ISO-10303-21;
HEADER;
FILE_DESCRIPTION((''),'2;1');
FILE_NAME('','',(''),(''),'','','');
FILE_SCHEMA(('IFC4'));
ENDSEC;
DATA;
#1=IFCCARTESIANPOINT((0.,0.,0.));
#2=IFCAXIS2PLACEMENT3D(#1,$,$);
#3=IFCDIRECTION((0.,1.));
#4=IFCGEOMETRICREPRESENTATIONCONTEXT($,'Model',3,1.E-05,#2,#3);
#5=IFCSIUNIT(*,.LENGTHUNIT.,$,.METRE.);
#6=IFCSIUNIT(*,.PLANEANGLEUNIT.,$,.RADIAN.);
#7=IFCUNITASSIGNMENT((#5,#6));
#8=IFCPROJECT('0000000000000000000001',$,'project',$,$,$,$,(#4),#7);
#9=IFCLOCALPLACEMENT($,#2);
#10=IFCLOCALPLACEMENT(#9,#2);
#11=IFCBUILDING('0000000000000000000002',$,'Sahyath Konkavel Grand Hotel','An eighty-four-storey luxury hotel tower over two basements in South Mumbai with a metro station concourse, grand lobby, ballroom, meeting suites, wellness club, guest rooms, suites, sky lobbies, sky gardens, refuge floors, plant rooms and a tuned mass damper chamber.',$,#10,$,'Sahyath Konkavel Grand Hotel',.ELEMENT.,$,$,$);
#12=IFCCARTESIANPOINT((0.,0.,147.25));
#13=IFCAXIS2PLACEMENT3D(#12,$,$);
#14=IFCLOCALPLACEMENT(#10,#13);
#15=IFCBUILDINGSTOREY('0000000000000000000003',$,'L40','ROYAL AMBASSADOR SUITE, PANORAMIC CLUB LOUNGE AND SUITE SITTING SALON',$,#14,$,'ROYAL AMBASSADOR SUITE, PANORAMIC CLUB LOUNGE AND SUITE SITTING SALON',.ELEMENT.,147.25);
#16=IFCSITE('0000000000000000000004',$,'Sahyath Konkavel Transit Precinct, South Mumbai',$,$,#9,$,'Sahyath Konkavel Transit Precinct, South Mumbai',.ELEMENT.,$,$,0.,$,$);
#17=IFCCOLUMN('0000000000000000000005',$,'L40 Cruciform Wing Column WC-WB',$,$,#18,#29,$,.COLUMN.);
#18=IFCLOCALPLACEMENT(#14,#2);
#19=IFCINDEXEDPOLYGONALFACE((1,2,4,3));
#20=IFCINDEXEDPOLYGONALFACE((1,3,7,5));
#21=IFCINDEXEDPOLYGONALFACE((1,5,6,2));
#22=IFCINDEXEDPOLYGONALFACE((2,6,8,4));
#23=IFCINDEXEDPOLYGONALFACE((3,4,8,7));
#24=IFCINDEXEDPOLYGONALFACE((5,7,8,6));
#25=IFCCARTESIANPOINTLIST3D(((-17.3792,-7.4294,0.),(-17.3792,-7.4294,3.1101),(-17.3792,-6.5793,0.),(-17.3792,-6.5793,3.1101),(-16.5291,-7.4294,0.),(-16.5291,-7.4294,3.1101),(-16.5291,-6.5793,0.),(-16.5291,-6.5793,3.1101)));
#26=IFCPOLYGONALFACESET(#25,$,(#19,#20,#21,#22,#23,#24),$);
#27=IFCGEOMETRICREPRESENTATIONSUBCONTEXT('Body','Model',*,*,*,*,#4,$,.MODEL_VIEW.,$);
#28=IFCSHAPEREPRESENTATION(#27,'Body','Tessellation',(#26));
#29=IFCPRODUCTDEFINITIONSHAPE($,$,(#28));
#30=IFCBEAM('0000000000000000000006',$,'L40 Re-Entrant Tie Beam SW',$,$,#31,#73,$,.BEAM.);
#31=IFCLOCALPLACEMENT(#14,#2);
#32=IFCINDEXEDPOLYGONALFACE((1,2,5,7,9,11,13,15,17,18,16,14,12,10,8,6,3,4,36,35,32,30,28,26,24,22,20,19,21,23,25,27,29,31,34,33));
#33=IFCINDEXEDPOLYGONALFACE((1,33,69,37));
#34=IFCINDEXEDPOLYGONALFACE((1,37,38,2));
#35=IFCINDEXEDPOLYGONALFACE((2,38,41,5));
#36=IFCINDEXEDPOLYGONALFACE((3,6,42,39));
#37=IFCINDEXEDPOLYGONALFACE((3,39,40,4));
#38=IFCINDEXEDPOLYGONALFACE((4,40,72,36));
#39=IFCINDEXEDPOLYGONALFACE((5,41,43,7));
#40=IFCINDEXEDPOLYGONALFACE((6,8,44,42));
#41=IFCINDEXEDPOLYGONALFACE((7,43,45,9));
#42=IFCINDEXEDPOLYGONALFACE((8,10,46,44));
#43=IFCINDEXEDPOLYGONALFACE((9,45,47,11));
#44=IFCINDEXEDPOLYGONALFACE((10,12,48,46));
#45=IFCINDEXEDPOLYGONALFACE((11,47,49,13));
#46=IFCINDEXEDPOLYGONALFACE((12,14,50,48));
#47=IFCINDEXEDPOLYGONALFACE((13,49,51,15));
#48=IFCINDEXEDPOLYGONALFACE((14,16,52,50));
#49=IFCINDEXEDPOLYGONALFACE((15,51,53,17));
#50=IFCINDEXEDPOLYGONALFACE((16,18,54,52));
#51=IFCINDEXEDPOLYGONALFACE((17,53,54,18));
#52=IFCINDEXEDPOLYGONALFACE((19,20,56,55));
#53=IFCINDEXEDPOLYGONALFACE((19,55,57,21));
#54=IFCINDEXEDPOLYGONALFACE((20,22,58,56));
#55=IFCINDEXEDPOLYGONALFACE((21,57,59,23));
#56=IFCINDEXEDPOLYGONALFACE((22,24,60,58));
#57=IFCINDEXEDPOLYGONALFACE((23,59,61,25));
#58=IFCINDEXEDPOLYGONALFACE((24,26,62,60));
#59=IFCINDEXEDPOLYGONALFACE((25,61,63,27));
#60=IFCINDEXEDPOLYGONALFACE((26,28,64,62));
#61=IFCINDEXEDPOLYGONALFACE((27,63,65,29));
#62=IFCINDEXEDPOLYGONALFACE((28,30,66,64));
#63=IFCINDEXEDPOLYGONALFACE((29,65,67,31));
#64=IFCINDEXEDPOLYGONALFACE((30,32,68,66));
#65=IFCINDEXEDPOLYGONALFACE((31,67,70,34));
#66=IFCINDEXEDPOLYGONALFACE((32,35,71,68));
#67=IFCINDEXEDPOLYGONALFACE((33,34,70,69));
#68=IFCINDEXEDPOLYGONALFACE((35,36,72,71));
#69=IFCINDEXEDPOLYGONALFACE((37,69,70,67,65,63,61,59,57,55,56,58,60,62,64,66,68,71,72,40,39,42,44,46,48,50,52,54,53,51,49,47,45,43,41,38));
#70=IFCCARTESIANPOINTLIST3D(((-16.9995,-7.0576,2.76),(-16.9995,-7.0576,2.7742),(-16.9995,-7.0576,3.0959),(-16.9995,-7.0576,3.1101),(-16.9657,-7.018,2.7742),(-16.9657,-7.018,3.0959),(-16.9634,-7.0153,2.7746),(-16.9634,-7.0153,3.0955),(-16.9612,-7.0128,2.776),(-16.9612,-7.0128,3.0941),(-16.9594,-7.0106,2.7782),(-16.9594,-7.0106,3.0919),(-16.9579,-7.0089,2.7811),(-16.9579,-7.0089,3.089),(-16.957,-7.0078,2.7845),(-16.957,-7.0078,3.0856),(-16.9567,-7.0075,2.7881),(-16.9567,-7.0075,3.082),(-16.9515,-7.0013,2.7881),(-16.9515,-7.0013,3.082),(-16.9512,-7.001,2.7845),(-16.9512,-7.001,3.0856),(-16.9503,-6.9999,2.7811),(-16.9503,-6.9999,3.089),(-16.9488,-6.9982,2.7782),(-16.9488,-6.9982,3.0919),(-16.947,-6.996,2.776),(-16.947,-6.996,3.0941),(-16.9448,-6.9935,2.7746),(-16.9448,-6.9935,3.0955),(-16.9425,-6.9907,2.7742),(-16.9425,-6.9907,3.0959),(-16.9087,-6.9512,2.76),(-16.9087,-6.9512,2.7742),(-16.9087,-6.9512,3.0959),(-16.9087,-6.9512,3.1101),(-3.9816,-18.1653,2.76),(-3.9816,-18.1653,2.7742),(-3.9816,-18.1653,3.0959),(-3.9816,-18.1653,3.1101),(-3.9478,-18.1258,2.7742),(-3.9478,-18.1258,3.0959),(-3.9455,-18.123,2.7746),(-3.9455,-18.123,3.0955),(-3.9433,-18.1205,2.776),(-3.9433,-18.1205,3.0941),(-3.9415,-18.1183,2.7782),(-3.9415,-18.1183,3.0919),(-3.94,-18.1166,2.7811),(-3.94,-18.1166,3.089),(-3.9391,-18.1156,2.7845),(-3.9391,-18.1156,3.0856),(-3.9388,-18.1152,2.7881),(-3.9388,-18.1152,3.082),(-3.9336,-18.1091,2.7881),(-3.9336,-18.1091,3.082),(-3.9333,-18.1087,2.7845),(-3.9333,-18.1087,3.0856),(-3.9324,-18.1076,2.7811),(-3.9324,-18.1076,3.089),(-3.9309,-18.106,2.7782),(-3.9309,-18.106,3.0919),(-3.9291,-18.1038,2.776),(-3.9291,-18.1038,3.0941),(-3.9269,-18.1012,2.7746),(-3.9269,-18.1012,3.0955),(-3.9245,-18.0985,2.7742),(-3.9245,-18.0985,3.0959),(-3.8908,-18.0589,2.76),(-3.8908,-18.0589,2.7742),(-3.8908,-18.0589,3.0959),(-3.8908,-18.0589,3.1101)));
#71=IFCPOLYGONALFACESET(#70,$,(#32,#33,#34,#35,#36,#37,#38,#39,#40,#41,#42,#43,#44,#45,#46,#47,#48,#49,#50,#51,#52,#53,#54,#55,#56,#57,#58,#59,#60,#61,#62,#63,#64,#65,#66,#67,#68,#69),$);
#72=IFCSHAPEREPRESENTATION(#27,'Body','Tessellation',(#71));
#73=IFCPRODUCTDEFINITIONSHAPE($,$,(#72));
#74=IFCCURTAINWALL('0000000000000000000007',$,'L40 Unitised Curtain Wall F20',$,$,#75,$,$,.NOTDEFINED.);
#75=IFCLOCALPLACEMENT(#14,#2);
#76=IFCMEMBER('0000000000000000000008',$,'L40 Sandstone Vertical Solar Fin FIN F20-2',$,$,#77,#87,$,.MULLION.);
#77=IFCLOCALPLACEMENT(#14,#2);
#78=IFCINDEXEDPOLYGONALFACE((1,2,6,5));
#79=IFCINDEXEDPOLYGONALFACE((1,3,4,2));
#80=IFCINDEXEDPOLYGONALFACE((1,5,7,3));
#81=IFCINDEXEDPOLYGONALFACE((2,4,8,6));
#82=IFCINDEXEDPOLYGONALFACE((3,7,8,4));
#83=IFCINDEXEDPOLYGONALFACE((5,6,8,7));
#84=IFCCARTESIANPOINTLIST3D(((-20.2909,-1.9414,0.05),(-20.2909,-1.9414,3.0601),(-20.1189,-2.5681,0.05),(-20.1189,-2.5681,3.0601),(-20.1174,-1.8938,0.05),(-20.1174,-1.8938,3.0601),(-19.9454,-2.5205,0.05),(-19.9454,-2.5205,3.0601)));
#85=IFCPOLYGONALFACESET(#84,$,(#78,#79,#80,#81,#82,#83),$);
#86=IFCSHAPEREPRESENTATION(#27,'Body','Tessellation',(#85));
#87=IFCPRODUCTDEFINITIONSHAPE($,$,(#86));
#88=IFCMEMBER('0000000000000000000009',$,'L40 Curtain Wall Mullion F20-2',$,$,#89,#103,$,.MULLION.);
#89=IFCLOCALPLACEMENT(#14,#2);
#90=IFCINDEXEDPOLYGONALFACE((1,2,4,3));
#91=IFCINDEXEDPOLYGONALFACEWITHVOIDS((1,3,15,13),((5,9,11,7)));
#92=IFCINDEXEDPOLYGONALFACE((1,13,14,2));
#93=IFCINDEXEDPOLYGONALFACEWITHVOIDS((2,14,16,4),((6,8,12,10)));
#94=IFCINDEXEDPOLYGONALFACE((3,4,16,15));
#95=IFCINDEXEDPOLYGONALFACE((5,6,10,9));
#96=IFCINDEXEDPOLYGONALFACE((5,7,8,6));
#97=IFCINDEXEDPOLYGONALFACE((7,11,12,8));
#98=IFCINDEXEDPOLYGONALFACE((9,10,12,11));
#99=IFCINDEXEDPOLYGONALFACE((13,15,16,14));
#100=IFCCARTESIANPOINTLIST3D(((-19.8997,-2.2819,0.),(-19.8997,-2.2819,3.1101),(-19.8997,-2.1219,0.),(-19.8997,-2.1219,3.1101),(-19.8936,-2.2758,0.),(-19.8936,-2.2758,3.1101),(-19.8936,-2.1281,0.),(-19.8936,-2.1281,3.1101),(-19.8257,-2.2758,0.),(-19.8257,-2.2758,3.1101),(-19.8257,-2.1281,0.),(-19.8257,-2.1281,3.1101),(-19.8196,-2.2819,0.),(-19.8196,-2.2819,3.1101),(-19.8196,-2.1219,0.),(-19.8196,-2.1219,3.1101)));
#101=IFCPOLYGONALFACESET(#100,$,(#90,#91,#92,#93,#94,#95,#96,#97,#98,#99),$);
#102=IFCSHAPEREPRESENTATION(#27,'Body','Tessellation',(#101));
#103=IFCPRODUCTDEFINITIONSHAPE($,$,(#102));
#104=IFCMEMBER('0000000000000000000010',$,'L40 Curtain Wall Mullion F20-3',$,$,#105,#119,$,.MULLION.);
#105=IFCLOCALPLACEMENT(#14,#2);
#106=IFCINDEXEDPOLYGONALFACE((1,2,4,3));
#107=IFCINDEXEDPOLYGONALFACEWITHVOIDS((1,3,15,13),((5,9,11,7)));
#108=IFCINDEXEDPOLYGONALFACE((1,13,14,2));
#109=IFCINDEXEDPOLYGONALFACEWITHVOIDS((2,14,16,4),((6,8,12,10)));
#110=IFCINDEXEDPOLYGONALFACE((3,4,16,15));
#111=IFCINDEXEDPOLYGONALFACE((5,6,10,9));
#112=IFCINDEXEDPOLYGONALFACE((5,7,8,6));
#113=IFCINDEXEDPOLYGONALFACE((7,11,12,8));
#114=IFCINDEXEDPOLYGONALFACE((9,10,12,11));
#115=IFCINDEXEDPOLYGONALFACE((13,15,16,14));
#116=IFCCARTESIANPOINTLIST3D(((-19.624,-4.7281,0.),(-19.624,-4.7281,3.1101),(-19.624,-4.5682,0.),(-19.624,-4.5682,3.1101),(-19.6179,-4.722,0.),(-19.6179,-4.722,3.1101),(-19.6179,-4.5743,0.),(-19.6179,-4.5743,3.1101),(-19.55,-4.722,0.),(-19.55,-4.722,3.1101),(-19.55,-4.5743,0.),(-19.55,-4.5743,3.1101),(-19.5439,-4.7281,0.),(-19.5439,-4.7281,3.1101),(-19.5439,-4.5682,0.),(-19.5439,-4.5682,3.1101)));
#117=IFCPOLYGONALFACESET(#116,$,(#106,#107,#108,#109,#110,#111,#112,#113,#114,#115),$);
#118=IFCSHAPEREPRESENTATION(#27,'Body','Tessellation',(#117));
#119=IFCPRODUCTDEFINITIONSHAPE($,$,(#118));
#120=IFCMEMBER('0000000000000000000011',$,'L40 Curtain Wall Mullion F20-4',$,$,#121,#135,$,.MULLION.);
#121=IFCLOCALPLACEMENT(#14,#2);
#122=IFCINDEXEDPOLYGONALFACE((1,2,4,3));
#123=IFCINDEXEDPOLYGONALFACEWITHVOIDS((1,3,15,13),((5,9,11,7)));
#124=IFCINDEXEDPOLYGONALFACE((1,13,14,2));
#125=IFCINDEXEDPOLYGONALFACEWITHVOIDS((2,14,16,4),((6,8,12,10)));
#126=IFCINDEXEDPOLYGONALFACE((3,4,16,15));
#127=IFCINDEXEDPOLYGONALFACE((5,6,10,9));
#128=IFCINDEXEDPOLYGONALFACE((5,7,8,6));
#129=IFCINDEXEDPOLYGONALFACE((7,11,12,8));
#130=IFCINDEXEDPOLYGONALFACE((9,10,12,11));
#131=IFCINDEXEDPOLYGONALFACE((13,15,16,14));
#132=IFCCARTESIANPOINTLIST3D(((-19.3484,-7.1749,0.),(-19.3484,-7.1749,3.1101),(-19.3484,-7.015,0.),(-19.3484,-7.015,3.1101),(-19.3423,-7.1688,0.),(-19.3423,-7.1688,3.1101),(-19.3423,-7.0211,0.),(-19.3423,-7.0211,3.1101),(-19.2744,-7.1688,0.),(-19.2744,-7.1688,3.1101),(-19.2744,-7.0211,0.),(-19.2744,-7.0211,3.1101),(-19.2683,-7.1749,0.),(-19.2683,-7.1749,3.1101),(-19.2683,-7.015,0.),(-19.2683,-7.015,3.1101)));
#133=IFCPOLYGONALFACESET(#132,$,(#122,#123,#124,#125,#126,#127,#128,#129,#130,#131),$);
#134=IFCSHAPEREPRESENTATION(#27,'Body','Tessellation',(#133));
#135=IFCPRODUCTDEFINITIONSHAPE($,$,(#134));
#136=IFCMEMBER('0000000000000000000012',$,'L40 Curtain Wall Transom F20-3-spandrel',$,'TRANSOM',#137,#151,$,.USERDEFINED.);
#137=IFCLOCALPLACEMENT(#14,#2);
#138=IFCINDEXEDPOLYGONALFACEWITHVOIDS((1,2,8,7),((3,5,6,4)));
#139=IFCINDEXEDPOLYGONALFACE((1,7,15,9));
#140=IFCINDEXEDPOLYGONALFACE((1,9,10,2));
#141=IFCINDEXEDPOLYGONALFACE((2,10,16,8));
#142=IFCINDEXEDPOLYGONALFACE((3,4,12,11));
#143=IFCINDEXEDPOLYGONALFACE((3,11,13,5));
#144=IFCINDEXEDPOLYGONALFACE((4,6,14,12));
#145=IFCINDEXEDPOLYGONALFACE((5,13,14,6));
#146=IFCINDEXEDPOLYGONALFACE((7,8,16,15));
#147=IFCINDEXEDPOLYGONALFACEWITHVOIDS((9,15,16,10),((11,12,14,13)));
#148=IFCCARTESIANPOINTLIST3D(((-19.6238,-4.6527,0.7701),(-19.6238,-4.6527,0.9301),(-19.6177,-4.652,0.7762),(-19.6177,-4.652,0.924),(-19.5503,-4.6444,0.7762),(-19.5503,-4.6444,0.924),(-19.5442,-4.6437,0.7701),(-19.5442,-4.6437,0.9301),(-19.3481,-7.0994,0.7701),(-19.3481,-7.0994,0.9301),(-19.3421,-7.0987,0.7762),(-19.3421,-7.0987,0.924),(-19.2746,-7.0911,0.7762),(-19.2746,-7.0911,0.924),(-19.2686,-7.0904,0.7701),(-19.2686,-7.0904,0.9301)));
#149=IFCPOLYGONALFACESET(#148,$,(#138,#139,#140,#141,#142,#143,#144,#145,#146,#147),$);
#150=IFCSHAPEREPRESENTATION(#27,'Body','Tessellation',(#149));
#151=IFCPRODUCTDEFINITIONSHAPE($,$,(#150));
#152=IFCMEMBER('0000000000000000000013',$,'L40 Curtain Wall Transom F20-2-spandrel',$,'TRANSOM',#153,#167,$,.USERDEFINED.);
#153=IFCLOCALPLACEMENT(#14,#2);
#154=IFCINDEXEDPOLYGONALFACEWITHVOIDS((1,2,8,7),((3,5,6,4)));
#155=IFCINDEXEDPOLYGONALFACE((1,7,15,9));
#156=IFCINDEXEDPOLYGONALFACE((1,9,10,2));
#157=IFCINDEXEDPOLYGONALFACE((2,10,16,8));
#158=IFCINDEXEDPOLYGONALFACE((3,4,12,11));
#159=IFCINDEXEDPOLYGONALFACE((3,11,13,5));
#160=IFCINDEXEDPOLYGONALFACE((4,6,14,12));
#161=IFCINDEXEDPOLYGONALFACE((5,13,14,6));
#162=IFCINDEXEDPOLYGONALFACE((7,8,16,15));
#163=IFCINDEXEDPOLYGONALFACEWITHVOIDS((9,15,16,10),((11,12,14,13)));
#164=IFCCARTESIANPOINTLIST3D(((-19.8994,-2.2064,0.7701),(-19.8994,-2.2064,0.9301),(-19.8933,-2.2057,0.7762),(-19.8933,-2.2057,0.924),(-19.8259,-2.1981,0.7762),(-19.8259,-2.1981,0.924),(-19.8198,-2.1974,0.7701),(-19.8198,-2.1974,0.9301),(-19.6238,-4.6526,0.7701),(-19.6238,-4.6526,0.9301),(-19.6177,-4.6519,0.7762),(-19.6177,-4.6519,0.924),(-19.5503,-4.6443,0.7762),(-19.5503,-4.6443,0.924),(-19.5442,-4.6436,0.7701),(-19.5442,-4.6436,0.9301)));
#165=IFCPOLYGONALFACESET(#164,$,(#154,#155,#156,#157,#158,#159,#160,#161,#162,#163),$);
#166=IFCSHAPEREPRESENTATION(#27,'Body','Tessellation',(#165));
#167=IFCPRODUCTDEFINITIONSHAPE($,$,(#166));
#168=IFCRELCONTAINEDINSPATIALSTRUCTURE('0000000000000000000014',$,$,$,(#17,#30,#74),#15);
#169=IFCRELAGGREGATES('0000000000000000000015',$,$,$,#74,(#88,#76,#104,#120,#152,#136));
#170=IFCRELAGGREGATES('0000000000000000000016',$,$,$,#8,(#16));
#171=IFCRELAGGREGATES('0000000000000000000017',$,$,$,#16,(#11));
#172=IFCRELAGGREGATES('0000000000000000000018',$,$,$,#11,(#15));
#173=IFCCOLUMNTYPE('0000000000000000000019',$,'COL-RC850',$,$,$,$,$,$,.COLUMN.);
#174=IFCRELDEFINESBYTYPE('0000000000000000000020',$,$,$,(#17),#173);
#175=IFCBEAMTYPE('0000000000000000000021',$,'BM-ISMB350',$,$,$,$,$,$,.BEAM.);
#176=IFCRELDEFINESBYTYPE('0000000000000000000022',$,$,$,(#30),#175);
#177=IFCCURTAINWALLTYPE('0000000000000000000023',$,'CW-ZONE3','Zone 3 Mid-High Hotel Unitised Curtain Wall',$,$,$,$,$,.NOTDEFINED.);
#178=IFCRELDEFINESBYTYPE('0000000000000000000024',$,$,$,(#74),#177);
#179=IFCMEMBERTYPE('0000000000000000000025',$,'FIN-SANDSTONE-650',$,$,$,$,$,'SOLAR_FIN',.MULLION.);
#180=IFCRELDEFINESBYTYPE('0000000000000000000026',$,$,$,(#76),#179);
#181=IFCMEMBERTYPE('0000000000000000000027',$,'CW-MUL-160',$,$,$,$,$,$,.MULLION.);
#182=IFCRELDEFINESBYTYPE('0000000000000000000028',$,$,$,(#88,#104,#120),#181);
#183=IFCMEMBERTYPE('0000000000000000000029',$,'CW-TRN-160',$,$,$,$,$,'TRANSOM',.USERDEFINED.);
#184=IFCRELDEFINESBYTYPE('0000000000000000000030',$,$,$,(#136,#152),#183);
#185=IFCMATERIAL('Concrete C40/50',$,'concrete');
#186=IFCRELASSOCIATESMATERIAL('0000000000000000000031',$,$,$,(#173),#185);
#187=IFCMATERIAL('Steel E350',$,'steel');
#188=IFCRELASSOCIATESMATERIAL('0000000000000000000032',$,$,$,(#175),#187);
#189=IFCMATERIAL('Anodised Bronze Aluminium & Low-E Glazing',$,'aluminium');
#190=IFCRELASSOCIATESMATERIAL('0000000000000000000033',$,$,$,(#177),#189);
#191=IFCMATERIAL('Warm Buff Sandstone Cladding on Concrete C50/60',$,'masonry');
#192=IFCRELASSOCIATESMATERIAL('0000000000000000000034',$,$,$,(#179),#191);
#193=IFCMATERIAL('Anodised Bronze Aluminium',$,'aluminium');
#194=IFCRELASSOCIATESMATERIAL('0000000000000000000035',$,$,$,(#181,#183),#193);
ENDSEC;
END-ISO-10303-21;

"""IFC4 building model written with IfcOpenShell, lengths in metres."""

from ifc_helpers import new_model, si_unit, direction, frame, origin, origin_2d, place, context, subcontext, project, spatial, rectangle, hollow_rectangle, i_section, extrude, source, transform, mapped, material, material_profile, profile_set, type_object, element, aggregate, save


model = new_model("IFC4")

# Units and contexts
model_context = context("Model", 3, precision=1e-05, world=origin(), true_north=direction((0.0, 1.0)))
body_context = subcontext(model_context, "Body", "Model", "MODEL_VIEW")
ifc_project = project(units=[si_unit("LENGTHUNIT", "METRE"), si_unit("PLANEANGLEUNIT", "RADIAN")], contexts=[model_context])

# Site, building, storey
site_placement = place(None, origin())
site = spatial("IfcSite", under=ifc_project, at=site_placement, Name="Sahyath Konkavel Transit Precinct, South Mumbai", LongName="Sahyath Konkavel Transit Precinct, South Mumbai", CompositionType="ELEMENT", RefElevation=0.0)
building_placement = place(site_placement, origin())
building = spatial("IfcBuilding", under=site, at=building_placement, Name="Sahyath Konkavel Grand Hotel", Description="An eighty-four-storey luxury hotel tower over two basements in South Mumbai with a metro station concourse, grand lobby, ballroom, meeting suites, wellness club, guest rooms, suites, sky lobbies, sky gardens, refuge floors, plant rooms and a tuned mass damper chamber.", LongName="Sahyath Konkavel Grand Hotel", CompositionType="ELEMENT")
storey_placement = place(building_placement, frame((0.0, 0.0, 147.25)))
storey = spatial("IfcBuildingStorey", under=building, at=storey_placement, Name="L40", Description="ROYAL AMBASSADOR SUITE, PANORAMIC CLUB LOUNGE AND SUITE SITTING SALON", LongName="ROYAL AMBASSADOR SUITE, PANORAMIC CLUB LOUNGE AND SUITE SITTING SALON", CompositionType="ELEMENT", Elevation=147.25)

# Column
ifc_material_1 = material(Name="Concrete C40/50", Category="concrete")
ifc_material_profile_1 = material_profile(ifc_material_1, rectangle(XDim=0.8501, YDim=0.8501, at=origin_2d()), Name="RC 850x850")
ifc_profile_set_1 = profile_set([ifc_material_profile_1], Name="Concrete C40/50")
column_type = type_object("IfcColumnType", Name="COL-RC850", PredefinedType="COLUMN", material=ifc_profile_set_1)
shared_shape_1 = source(origin(), body_context, "Body", "SweptSolid", [
    extrude(rectangle(XDim=0.8501, YDim=0.8501, at=origin_2d()), origin(), (0.0, 0.0, 1.0), 3.1101),
])
column_placement = place(storey_placement, frame((-16.9541, -7.0044, 0.0), z_axis=(0.0, 0.0, 1.0), x_axis=(1.0, 0.0, 0.0)))
element("IfcColumn", 1, at=column_placement, inside=storey, type_object=column_type, Name="L40 Cruciform Wing Column WC-WB", PredefinedType="COLUMN", context=body_context, shape_type="MappedRepresentation", body=[
    mapped(shared_shape_1, transform((0.0, 0.0, 0.0), scale=1.0)),
])

# Beam
ifc_material_2 = material(Name="Steel E350", Category="steel")
ifc_material_profile_2 = material_profile(ifc_material_2, i_section(OverallWidth=0.1399, OverallDepth=0.3501, WebThickness=0.0081, FlangeThickness=0.0142, FilletRadius=0.0139, at=origin_2d()), Name="ISMB 350")
ifc_profile_set_2 = profile_set([ifc_material_profile_2], Name="Steel E350")
beam_type = type_object("IfcBeamType", Name="BM-ISMB350", PredefinedType="BEAM", material=ifc_profile_set_2)
shared_shape_2 = source(origin(), body_context, "Body", "SweptSolid", [
    extrude(i_section(OverallWidth=0.1399, OverallDepth=0.3501, WebThickness=0.0081, FlangeThickness=0.0142, FilletRadius=0.0139, at=origin_2d()), origin(), (0.0, 0.0, 1.0), 17.1128),
])
beam_placement = place(storey_placement, frame((-16.9541, -7.0044, 2.9351), z_axis=(0.760712, -0.64909, 0.0), x_axis=(0.64909, 0.760712, 0.0)))
element("IfcBeam", 2, at=beam_placement, inside=storey, type_object=beam_type, Name="L40 Re-Entrant Tie Beam SW", PredefinedType="BEAM", context=body_context, shape_type="MappedRepresentation", body=[
    mapped(shared_shape_2, transform((0.0, 0.0, 0.0), scale=1.0)),
])

# Curtain wall, members
ifc_material_3 = material(Name="Anodised Bronze Aluminium & Low-E Glazing", Category="aluminium")
curtain_wall_type = type_object("IfcCurtainWallType", Name="CW-ZONE3", Description="Zone 3 Mid-High Hotel Unitised Curtain Wall", PredefinedType="NOTDEFINED", material=ifc_material_3)
curtain_wall_1_placement = place(storey_placement, origin())
curtain_wall_1 = element("IfcCurtainWall", 3, at=curtain_wall_1_placement, inside=storey, type_object=curtain_wall_type, Name="L40 Unitised Curtain Wall F20", PredefinedType="NOTDEFINED")
ifc_material_4 = material(Name="Warm Buff Sandstone Cladding on Concrete C50/60", Category="masonry")
ifc_material_profile_3 = material_profile(ifc_material_4, rectangle(XDim=0.1799, YDim=0.6499, at=origin_2d()), Name="FIN 180x650")
ifc_profile_set_3 = profile_set([ifc_material_profile_3], Name="Warm Buff Sandstone Cladding on Concrete C50/60")
member_type_1 = type_object("IfcMemberType", Name="FIN-SANDSTONE-650", ElementType="SOLAR_FIN", PredefinedType="MULLION", material=ifc_profile_set_3)
shared_shape_3 = source(origin(), body_context, "Body", "SweptSolid", [
    extrude(rectangle(XDim=0.1799, YDim=0.6499, at=origin_2d()), origin(), (0.0, 0.0, 1.0), 3.01),
])
member_1_placement = place(storey_placement, frame((-20.1182, -2.231, 0.05), z_axis=(0.0, 0.0, 1.0), x_axis=(0.964327, 0.264715, 0.0)))
member_1 = element("IfcMember", 4, at=member_1_placement, type_object=member_type_1, Name="L40 Sandstone Vertical Solar Fin FIN F20-2", PredefinedType="MULLION", context=body_context, shape_type="MappedRepresentation", body=[
    mapped(shared_shape_3, transform((0.0, 0.0, 0.0), scale=1.0)),
])
ifc_material_5 = material(Name="Anodised Bronze Aluminium", Category="aluminium")
ifc_material_profile_4 = material_profile(ifc_material_5, hollow_rectangle(XDim=0.0801, YDim=0.1599, WallThickness=0.0061, at=origin_2d()), Name="RHS 160x80x6")
ifc_profile_set_4 = profile_set([ifc_material_profile_4], Name="Anodised Bronze Aluminium")
member_type_2 = type_object("IfcMemberType", Name="CW-MUL-160", PredefinedType="MULLION", material=ifc_profile_set_4)
shared_shape_4 = source(origin(), body_context, "Body", "SweptSolid", [
    extrude(hollow_rectangle(XDim=0.0801, YDim=0.1599, WallThickness=0.0061, at=origin_2d()), origin(), (0.0, 0.0, 1.0), 3.1101),
])
member_2_placement = place(storey_placement, frame((-19.8596, -2.2019, 0.0), z_axis=(0.0, 0.0, 1.0), x_axis=(1.0, 0.0, 0.0)))
member_2 = element("IfcMember", 5, at=member_2_placement, type_object=member_type_2, Name="L40 Curtain Wall Mullion F20-2", PredefinedType="MULLION", context=body_context, shape_type="MappedRepresentation", body=[
    mapped(shared_shape_4, transform((0.0, 0.0, 0.0), scale=1.0)),
])
member_3_placement = place(storey_placement, frame((-19.584, -4.6482, 0.0), z_axis=(0.0, 0.0, 1.0), x_axis=(1.0, 0.0, 0.0)))
member_3 = element("IfcMember", 6, at=member_3_placement, type_object=member_type_2, Name="L40 Curtain Wall Mullion F20-3", PredefinedType="MULLION", context=body_context, shape_type="MappedRepresentation", body=[
    mapped(shared_shape_4, transform((0.0, 0.0, 0.0), scale=1.0)),
])
member_4_placement = place(storey_placement, frame((-19.3083, -7.095, 0.0), z_axis=(0.0, 0.0, 1.0), x_axis=(1.0, 0.0, 0.0)))
member_4 = element("IfcMember", 7, at=member_4_placement, type_object=member_type_2, Name="L40 Curtain Wall Mullion F20-4", PredefinedType="MULLION", context=body_context, shape_type="MappedRepresentation", body=[
    mapped(shared_shape_4, transform((0.0, 0.0, 0.0), scale=1.0)),
])
ifc_material_profile_5 = material_profile(ifc_material_5, hollow_rectangle(XDim=0.0801, YDim=0.1599, WallThickness=0.0061, at=origin_2d()), Name="RHS 160x80x6")
ifc_profile_set_5 = profile_set([ifc_material_profile_5], Name="Anodised Bronze Aluminium")
member_type_3 = type_object("IfcMemberType", Name="CW-TRN-160", ElementType="TRANSOM", PredefinedType="USERDEFINED", material=ifc_profile_set_5)
shared_shape_5 = source(origin(), body_context, "Body", "SweptSolid", [
    extrude(hollow_rectangle(XDim=0.0801, YDim=0.1599, WallThickness=0.0061, at=origin_2d()), origin(), (0.0, 0.0, 1.0), 2.4622),
])
member_5_placement = place(storey_placement, frame((-19.584, -4.6482, 0.8501), z_axis=(0.111944, -0.993715, 0.0), x_axis=(0.993715, 0.111944, 0.0)))
member_5 = element("IfcMember", 8, at=member_5_placement, type_object=member_type_3, Name="L40 Curtain Wall Transom F20-3-spandrel", ObjectType="TRANSOM", PredefinedType="USERDEFINED", context=body_context, shape_type="MappedRepresentation", body=[
    mapped(shared_shape_5, transform((0.0, 0.0, 0.0), scale=1.0)),
])
shared_shape_6 = source(origin(), body_context, "Body", "SweptSolid", [
    extrude(hollow_rectangle(XDim=0.0801, YDim=0.1599, WallThickness=0.0061, at=origin_2d()), origin(), (0.0, 0.0, 1.0), 2.4617),
])
member_6_placement = place(storey_placement, frame((-19.8596, -2.2019, 0.8501), z_axis=(0.111966, -0.993712, 0.0), x_axis=(0.993712, 0.111966, 0.0)))
member_6 = element("IfcMember", 9, at=member_6_placement, type_object=member_type_3, Name="L40 Curtain Wall Transom F20-2-spandrel", ObjectType="TRANSOM", PredefinedType="USERDEFINED", context=body_context, shape_type="MappedRepresentation", body=[
    mapped(shared_shape_6, transform((0.0, 0.0, 0.0), scale=1.0)),
])

aggregate(curtain_wall_1, [member_2, member_1, member_3, member_4, member_6, member_5])

save(model, "model.ifc")
